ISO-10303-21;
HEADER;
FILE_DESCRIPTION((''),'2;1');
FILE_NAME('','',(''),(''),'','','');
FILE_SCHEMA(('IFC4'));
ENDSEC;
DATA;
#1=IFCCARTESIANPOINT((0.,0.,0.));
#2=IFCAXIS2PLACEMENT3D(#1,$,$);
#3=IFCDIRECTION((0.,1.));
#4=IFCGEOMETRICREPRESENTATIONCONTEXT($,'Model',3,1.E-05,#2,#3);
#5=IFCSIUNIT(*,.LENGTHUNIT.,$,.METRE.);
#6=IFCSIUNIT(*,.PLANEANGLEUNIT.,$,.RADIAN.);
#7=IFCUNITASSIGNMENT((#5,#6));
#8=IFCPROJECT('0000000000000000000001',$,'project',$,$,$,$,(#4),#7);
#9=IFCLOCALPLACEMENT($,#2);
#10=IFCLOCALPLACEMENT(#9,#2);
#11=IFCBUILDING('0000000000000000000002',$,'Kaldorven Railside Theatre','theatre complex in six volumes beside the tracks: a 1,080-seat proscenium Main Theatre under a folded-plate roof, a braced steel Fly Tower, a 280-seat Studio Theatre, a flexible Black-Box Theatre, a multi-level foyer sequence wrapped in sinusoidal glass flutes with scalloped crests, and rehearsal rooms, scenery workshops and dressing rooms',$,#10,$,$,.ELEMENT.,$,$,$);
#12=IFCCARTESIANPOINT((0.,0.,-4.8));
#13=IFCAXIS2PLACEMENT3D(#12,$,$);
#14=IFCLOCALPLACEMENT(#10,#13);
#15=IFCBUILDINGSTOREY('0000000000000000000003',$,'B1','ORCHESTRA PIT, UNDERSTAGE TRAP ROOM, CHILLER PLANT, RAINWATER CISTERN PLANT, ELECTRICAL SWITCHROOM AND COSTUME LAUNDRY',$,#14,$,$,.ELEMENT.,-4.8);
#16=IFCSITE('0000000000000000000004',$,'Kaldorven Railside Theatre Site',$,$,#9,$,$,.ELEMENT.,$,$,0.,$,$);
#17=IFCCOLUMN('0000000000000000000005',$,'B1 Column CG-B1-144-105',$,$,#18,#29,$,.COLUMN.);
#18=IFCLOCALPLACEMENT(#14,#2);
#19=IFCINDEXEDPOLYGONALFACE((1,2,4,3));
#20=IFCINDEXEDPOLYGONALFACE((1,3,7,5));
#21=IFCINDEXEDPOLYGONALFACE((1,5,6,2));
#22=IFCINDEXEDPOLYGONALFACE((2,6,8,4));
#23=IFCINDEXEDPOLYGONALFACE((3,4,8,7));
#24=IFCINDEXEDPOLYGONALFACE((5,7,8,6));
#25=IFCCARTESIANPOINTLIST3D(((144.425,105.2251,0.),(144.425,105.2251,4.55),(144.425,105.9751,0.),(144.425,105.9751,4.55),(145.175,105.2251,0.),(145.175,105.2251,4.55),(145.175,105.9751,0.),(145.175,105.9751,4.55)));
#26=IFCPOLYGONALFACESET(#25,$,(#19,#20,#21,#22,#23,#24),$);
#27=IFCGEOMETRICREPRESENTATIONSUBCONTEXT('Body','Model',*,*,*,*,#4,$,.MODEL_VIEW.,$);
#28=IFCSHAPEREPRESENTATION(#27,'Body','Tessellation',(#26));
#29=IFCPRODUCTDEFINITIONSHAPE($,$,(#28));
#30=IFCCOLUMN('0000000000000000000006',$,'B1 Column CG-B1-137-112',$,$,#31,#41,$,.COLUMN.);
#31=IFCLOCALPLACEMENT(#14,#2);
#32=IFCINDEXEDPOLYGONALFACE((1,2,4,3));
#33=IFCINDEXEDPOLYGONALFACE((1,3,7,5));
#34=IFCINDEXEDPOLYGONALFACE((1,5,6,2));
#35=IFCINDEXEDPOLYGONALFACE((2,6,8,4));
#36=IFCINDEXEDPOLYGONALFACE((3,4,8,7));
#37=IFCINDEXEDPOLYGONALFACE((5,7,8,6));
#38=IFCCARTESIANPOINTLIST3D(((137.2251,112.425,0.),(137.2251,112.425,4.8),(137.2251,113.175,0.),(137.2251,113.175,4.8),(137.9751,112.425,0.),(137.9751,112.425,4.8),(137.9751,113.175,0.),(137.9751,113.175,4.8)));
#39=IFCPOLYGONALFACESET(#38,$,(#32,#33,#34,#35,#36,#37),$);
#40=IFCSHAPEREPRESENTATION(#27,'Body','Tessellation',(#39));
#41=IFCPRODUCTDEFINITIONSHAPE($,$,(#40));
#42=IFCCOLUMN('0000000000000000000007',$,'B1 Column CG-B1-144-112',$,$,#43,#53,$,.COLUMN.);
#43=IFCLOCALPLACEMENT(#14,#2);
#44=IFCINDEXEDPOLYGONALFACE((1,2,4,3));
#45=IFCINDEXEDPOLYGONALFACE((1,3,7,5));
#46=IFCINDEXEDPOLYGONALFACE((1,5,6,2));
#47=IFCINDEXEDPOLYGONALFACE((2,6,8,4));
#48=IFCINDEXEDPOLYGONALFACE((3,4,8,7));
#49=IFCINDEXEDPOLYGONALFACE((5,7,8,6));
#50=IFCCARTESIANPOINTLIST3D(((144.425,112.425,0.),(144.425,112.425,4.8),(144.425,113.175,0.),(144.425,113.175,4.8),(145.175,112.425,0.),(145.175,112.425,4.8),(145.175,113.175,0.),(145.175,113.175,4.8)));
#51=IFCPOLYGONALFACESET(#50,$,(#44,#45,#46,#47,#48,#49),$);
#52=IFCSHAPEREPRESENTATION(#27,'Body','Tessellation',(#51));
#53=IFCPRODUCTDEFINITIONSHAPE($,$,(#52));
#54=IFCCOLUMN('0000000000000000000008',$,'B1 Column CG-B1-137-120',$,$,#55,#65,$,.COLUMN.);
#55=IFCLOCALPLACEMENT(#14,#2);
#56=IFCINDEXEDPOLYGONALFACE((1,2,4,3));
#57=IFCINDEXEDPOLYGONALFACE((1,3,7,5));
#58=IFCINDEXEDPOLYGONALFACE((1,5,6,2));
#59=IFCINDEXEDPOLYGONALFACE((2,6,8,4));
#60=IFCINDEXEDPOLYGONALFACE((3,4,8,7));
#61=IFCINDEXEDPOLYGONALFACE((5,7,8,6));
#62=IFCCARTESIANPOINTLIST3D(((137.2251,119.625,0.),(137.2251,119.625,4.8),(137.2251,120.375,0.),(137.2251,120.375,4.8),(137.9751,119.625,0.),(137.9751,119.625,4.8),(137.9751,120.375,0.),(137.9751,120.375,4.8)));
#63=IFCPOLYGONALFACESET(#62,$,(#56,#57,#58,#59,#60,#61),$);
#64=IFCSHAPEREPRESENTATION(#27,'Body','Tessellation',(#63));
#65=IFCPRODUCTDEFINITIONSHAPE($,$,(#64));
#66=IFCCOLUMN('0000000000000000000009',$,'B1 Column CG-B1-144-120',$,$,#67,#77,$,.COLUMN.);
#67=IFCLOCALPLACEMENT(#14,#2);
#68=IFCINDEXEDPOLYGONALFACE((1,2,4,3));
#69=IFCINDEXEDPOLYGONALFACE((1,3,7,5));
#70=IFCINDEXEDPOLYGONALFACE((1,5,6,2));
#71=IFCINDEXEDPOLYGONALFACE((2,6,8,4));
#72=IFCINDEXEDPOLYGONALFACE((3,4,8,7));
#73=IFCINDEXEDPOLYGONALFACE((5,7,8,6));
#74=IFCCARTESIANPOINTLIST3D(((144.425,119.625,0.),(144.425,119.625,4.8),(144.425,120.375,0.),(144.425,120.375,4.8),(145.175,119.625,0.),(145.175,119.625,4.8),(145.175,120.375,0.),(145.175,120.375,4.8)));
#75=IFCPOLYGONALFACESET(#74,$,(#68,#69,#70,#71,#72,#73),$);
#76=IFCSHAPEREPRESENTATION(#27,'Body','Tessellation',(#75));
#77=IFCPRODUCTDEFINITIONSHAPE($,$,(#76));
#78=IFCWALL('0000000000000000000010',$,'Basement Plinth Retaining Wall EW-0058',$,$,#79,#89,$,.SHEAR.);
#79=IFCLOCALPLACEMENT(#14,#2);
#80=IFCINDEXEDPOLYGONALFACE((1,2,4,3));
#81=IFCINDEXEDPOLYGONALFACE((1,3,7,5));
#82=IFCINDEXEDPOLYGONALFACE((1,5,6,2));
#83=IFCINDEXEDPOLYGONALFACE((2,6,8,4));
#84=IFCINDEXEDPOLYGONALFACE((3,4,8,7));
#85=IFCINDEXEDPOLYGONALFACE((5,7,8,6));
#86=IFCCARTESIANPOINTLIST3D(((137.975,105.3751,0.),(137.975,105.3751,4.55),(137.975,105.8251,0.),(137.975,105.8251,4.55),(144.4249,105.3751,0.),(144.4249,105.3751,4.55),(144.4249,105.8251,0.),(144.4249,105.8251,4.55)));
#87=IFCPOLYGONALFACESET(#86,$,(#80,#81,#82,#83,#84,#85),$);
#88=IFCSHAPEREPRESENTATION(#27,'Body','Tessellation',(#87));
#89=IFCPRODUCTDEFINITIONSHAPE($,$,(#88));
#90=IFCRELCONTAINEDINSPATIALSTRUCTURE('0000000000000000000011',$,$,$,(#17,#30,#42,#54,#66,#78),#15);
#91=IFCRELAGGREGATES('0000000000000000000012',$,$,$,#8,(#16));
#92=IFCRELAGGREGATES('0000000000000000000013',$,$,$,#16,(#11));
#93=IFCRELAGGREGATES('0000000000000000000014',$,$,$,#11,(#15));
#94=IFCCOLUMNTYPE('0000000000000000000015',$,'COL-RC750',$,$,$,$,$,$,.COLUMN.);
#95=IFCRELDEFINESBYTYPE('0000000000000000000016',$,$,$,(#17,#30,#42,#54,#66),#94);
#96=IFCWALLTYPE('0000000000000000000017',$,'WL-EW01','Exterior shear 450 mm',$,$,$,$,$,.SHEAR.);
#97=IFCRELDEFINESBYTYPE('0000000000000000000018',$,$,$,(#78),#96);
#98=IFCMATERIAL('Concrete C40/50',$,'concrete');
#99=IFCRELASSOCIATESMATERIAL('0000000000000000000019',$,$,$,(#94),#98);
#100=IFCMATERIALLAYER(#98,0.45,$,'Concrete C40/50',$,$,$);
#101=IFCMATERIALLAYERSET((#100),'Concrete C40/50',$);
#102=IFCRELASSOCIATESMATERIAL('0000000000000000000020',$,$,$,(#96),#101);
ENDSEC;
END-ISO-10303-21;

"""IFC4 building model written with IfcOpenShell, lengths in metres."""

from ifc_helpers import new_model, si_unit, direction, frame, frame_2d, origin, origin_2d, place, context, subcontext, project, spatial, rectangle, extrude, material, layer, layer_set, material_profile, profile_set, type_object, element, save


model = new_model("IFC4")

# Units and contexts
model_context = context("Model", 3, precision=1e-05, world=origin(), true_north=direction((0.0, 1.0)))
body_context = subcontext(model_context, "Body", "Model", "MODEL_VIEW")
ifc_project = project(units=[si_unit("LENGTHUNIT", "METRE"), si_unit("PLANEANGLEUNIT", "RADIAN")], contexts=[model_context])

# Site, building, storey
site_placement = place(None, origin())
site = spatial("IfcSite", under=ifc_project, at=site_placement, Name="Kaldorven Railside Theatre Site", CompositionType="ELEMENT", RefElevation=0.0)
building_placement = place(site_placement, origin())
building = spatial("IfcBuilding", under=site, at=building_placement, Name="Kaldorven Railside Theatre", Description="theatre complex in six volumes beside the tracks: a 1,080-seat proscenium Main Theatre under a folded-plate roof, a braced steel Fly Tower, a 280-seat Studio Theatre, a flexible Black-Box Theatre, a multi-level foyer sequence wrapped in sinusoidal glass flutes with scalloped crests, and rehearsal rooms, scenery workshops and dressing rooms", CompositionType="ELEMENT")
storey_placement = place(building_placement, frame((0.0, 0.0, -4.8)))
storey = spatial("IfcBuildingStorey", under=building, at=storey_placement, Name="B1", Description="ORCHESTRA PIT, UNDERSTAGE TRAP ROOM, CHILLER PLANT, RAINWATER CISTERN PLANT, ELECTRICAL SWITCHROOM AND COSTUME LAUNDRY", CompositionType="ELEMENT", Elevation=-4.8)

# Shared definitions
ifc_material_1 = material(Name="Concrete C40/50", Category="concrete")

# Columns
ifc_material_profile_1 = material_profile(ifc_material_1, rectangle(XDim=0.75, YDim=0.75, at=origin_2d()), Name="RC 750x750")
ifc_profile_set_1 = profile_set([ifc_material_profile_1], Name="Concrete C40/50")
column_type = type_object("IfcColumnType", Name="COL-RC750", PredefinedType="COLUMN", material=ifc_profile_set_1)
for number, where, z_axis, x_axis, name in (
    (1, (144.8, 105.6001, 0.0), (0.0, 0.0, 1.0), (1.0, 0.0, 0.0), "B1 Column CG-B1-144-105"),
):
    element("IfcColumn", number, at=place(storey_placement, frame(where, z_axis=z_axis, x_axis=x_axis)), inside=storey, type_object=column_type, Name=name, PredefinedType="COLUMN", context=body_context, shape_type="SweptSolid", body=[
        extrude(rectangle(XDim=0.75, YDim=0.75, at=origin_2d()), origin(), (0.0, 0.0, 1.0), 4.55),
    ])
for number, where, z_axis, x_axis, name in (
    (2, (137.6001, 112.8, 0.0), (0.0, 0.0, 1.0), (1.0, 0.0, 0.0), "B1 Column CG-B1-137-112"),
    (3, (144.8, 112.8, 0.0), (0.0, 0.0, 1.0), (0.0, 1.0, 0.0), "B1 Column CG-B1-144-112"),
    (4, (137.6001, 120.0, 0.0), (0.0, 0.0, 1.0), (0.0, 1.0, 0.0), "B1 Column CG-B1-137-120"),
    (5, (144.8, 120.0, 0.0), (0.0, 0.0, 1.0), (1.0, 0.0, 0.0), "B1 Column CG-B1-144-120"),
):
    element("IfcColumn", number, at=place(storey_placement, frame(where, z_axis=z_axis, x_axis=x_axis)), inside=storey, type_object=column_type, Name=name, PredefinedType="COLUMN", context=body_context, shape_type="SweptSolid", body=[
        extrude(rectangle(XDim=0.75, YDim=0.75, at=origin_2d()), origin(), (0.0, 0.0, 1.0), 4.8),
    ])

# Wall
ifc_layer = layer(ifc_material_1, 0.45, Name="Concrete C40/50")
ifc_layer_set = layer_set([ifc_layer], Name="Concrete C40/50")
wall_type = type_object("IfcWallType", Name="WL-EW01", Description="Exterior shear 450 mm", PredefinedType="SHEAR", material=ifc_layer_set)
wall_placement = place(storey_placement, frame((144.425, 105.6001, 0.0), z_axis=(0.0, 0.0, 1.0), x_axis=(-1.0, 0.0, 0.0)))
element("IfcWall", 6, at=wall_placement, inside=storey, type_object=wall_type, Name="Basement Plinth Retaining Wall EW-0058", PredefinedType="SHEAR", context=body_context, shape_type="SweptSolid", body=[
    extrude(rectangle(XDim=6.45, YDim=0.45, at=frame_2d((3.2251, 0.0))), origin(), (0.0, 0.0, 1.0), 4.55),
])

save(model, "model.ifc")
